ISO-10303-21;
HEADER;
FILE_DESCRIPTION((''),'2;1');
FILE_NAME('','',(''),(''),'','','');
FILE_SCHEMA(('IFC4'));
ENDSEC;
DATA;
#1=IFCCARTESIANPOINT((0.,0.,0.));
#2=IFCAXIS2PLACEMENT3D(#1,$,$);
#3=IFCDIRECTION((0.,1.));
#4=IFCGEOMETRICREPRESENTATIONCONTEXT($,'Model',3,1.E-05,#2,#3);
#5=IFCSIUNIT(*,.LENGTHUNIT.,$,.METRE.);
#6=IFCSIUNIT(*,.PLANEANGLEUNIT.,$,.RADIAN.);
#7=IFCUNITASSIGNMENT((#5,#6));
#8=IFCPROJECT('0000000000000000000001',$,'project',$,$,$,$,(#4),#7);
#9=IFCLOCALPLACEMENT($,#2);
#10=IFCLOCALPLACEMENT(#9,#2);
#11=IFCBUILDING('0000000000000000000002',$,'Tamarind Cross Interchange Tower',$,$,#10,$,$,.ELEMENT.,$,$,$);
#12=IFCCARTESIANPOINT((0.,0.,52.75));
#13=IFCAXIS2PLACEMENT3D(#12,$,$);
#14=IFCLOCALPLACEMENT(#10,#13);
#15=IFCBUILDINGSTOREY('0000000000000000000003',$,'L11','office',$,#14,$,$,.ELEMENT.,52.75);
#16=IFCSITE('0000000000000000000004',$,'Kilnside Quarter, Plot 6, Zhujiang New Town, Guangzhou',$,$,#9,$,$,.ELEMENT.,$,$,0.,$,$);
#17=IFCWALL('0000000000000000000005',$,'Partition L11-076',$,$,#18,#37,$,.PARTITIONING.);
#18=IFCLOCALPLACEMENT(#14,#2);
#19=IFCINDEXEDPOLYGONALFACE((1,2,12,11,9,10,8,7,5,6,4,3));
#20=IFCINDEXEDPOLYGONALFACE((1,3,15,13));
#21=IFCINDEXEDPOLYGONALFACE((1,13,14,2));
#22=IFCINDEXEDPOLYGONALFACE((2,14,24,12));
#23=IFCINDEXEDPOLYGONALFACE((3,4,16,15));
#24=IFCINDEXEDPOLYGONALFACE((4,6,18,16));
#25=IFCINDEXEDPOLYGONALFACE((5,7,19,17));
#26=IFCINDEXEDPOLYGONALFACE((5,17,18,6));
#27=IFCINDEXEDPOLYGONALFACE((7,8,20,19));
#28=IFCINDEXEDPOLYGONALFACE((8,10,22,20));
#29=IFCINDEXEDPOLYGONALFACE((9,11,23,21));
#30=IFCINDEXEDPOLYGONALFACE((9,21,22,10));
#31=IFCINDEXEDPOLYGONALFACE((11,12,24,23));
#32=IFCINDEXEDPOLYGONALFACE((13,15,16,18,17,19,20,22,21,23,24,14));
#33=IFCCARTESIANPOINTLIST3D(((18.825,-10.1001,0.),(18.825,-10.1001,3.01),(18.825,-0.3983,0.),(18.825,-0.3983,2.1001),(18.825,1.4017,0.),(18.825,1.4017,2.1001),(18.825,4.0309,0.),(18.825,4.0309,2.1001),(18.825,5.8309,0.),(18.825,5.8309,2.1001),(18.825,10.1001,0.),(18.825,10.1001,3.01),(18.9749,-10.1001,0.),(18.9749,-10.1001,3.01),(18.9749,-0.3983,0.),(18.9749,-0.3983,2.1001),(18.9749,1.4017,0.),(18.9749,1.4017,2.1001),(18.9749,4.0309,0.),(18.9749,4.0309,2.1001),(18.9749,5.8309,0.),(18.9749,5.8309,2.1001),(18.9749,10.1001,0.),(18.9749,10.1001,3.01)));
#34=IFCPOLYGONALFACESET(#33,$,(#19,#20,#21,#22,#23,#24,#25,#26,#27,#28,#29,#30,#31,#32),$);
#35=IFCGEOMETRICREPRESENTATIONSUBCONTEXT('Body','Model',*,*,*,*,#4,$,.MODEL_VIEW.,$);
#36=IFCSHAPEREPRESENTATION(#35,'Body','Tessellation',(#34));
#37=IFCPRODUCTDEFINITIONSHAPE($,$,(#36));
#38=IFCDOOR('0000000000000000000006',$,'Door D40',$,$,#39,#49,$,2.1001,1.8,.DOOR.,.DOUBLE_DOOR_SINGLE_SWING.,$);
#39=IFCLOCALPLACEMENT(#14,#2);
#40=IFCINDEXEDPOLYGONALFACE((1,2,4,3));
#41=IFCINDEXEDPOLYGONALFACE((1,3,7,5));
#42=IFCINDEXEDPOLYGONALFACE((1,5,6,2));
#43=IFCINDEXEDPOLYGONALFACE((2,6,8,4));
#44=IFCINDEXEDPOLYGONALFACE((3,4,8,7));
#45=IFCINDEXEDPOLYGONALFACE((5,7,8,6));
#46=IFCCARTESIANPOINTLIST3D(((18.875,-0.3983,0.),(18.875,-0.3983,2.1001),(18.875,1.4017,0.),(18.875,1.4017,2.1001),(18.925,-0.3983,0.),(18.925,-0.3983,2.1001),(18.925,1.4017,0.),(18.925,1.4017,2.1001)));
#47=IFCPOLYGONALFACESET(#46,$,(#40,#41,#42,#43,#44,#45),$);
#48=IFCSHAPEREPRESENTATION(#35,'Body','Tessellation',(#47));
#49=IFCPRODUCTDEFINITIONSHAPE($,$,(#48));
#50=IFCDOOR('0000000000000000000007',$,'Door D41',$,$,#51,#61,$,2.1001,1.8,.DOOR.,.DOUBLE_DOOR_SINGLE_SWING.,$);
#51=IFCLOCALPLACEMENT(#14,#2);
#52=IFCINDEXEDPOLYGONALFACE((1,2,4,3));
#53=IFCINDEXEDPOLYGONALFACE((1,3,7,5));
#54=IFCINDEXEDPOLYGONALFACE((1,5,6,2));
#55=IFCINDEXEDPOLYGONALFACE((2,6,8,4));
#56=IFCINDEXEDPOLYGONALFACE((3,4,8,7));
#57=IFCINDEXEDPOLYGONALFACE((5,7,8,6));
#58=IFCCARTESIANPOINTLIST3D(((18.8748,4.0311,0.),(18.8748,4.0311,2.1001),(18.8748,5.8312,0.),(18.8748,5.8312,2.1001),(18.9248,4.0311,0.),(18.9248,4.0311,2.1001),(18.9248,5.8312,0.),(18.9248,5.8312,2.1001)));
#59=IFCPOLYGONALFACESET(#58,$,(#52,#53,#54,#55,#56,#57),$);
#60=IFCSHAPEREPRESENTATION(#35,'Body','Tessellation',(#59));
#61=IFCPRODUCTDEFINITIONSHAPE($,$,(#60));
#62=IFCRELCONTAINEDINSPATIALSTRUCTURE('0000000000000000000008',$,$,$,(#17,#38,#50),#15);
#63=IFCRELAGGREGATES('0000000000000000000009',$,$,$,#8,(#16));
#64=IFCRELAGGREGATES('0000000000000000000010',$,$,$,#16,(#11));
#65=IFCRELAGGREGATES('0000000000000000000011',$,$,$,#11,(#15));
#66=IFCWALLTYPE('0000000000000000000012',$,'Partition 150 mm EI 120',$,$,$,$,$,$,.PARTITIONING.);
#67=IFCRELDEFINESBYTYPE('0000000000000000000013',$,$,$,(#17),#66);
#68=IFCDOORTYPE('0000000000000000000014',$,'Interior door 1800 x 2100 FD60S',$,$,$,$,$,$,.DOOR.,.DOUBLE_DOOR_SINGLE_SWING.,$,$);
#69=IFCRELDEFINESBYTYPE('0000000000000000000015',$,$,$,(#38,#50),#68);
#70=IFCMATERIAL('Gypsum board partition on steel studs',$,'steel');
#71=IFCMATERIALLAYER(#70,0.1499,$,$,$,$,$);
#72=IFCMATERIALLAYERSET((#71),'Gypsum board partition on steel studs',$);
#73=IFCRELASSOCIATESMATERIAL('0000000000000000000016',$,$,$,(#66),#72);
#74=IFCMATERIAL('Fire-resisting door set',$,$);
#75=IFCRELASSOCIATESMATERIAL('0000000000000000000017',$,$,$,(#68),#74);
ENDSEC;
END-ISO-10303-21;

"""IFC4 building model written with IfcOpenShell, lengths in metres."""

from ifc_helpers import new_model, si_unit, direction, frame, frame_2d, origin, place, context, subcontext, project, spatial, rectangle, extrude, material, layer, layer_set, type_object, element, fill, save


model = new_model("IFC4")

# Units and contexts
model_context = context("Model", 3, precision=1e-05, world=origin(), true_north=direction((0.0, 1.0)))
body_context = subcontext(model_context, "Body", "Model", "MODEL_VIEW")
ifc_project = project(units=[si_unit("LENGTHUNIT", "METRE"), si_unit("PLANEANGLEUNIT", "RADIAN")], contexts=[model_context])

# Site, building, storey
site_placement = place(None, origin())
site = spatial("IfcSite", under=ifc_project, at=site_placement, Name="Kilnside Quarter, Plot 6, Zhujiang New Town, Guangzhou", CompositionType="ELEMENT", RefElevation=0.0)
building_placement = place(site_placement, origin())
building = spatial("IfcBuilding", under=site, at=building_placement, Name="Tamarind Cross Interchange Tower", CompositionType="ELEMENT")
storey_placement = place(building_placement, frame((0.0, 0.0, 52.75)))
storey = spatial("IfcBuildingStorey", under=building, at=storey_placement, Name="L11", Description="office", CompositionType="ELEMENT", Elevation=52.75)

# Shared definitions
ifc_material_1 = material(Name="Gypsum board partition on steel studs", Category="steel")
ifc_layer_1 = layer(ifc_material_1, 0.1499)
ifc_layer_set_1 = layer_set([ifc_layer_1], Name="Gypsum board partition on steel studs")
wall_type_1 = type_object("IfcWallType", Name="Partition 150 mm EI 120", PredefinedType="PARTITIONING", material=ifc_layer_set_1)

# Wall, openings, doors
wall_1_placement = place(storey_placement, frame((18.8999, -10.1001, 0.0), z_axis=(0.0, 0.0, 1.0), x_axis=(0.0, 1.0, 0.0)))
wall_1 = element("IfcWall", 1, at=wall_1_placement, inside=storey, type_object=wall_type_1, Name="Partition L11-076", PredefinedType="PARTITIONING", context=body_context, shape_type="SweptSolid", body=[
    extrude(rectangle(XDim=20.2002, YDim=0.1499, at=frame_2d((10.1001, 0.0))), origin(), (0.0, 0.0, 1.0), 3.01),
])
opening_1_placement = place(wall_1_placement, frame((9.7019, 0.0, 0.0)))
opening_1 = element("IfcOpeningElement", 2, at=opening_1_placement, cuts=wall_1, PredefinedType="OPENING", context=body_context, shape_type="SweptSolid", body=[
    extrude(rectangle(XDim=1.8, YDim=2.1001, at=frame_2d((0.8999, 1.05))), frame((0.0, 0.085, 0.0), z_axis=(0.0, -1.0, 0.0), x_axis=(1.0, 0.0, 0.0)), (0.0, 0.0, 1.0), 0.1699),
])
opening_2_placement = place(wall_1_placement, frame((14.1311, 0.0, 0.0)))
opening_2 = element("IfcOpeningElement", 3, at=opening_2_placement, cuts=wall_1, PredefinedType="OPENING", context=body_context, shape_type="SweptSolid", body=[
    extrude(rectangle(XDim=1.8, YDim=2.1001, at=frame_2d((0.8999, 1.05))), frame((0.0, 0.085, 0.0), z_axis=(0.0, -1.0, 0.0), x_axis=(1.0, 0.0, 0.0)), (0.0, 0.0, 1.0), 0.1699),
])
ifc_material_2 = material(Name="Fire-resisting door set")
door_type_1 = type_object("IfcDoorType", Name="Interior door 1800 x 2100 FD60S", OperationType="DOUBLE_DOOR_SINGLE_SWING", PredefinedType="DOOR", material=ifc_material_2)
door_1_placement = place(opening_1_placement, origin())
door_1 = element("IfcDoor", 4, at=door_1_placement, inside=storey, type_object=door_type_1, Name="Door D40", OperationType="DOUBLE_DOOR_SINGLE_SWING", OverallHeight=2.1001, OverallWidth=1.8, PredefinedType="DOOR", context=body_context, shape_type="SweptSolid", body=[
    extrude(rectangle(XDim=1.8, YDim=2.1001, at=frame_2d((0.8999, 1.05))), frame((0.0, 0.0249, 0.0), z_axis=(0.0, -1.0, 0.0), x_axis=(1.0, 0.0, 0.0)), (0.0, 0.0, 1.0), 0.05),
])
fill(opening_1, door_1)
door_2_placement = place(opening_2_placement, frame((1.8, 0.0, 0.0), z_axis=(0.0, 0.0, 1.0), x_axis=(-1.0, 0.0, 0.0)))
door_2 = element("IfcDoor", 5, at=door_2_placement, inside=storey, type_object=door_type_1, Name="Door D41", OperationType="DOUBLE_DOOR_SINGLE_SWING", OverallHeight=2.1001, OverallWidth=1.8, PredefinedType="DOOR", context=body_context, shape_type="SweptSolid", body=[
    extrude(rectangle(XDim=1.8, YDim=2.1001, at=frame_2d((0.8999, 1.05))), frame((0.0, 0.0249, 0.0), z_axis=(0.0, -1.0, 0.0), x_axis=(1.0, 0.0, 0.0)), (0.0, 0.0, 1.0), 0.05),
])
fill(opening_2, door_2)

save(model, "model.ifc")
